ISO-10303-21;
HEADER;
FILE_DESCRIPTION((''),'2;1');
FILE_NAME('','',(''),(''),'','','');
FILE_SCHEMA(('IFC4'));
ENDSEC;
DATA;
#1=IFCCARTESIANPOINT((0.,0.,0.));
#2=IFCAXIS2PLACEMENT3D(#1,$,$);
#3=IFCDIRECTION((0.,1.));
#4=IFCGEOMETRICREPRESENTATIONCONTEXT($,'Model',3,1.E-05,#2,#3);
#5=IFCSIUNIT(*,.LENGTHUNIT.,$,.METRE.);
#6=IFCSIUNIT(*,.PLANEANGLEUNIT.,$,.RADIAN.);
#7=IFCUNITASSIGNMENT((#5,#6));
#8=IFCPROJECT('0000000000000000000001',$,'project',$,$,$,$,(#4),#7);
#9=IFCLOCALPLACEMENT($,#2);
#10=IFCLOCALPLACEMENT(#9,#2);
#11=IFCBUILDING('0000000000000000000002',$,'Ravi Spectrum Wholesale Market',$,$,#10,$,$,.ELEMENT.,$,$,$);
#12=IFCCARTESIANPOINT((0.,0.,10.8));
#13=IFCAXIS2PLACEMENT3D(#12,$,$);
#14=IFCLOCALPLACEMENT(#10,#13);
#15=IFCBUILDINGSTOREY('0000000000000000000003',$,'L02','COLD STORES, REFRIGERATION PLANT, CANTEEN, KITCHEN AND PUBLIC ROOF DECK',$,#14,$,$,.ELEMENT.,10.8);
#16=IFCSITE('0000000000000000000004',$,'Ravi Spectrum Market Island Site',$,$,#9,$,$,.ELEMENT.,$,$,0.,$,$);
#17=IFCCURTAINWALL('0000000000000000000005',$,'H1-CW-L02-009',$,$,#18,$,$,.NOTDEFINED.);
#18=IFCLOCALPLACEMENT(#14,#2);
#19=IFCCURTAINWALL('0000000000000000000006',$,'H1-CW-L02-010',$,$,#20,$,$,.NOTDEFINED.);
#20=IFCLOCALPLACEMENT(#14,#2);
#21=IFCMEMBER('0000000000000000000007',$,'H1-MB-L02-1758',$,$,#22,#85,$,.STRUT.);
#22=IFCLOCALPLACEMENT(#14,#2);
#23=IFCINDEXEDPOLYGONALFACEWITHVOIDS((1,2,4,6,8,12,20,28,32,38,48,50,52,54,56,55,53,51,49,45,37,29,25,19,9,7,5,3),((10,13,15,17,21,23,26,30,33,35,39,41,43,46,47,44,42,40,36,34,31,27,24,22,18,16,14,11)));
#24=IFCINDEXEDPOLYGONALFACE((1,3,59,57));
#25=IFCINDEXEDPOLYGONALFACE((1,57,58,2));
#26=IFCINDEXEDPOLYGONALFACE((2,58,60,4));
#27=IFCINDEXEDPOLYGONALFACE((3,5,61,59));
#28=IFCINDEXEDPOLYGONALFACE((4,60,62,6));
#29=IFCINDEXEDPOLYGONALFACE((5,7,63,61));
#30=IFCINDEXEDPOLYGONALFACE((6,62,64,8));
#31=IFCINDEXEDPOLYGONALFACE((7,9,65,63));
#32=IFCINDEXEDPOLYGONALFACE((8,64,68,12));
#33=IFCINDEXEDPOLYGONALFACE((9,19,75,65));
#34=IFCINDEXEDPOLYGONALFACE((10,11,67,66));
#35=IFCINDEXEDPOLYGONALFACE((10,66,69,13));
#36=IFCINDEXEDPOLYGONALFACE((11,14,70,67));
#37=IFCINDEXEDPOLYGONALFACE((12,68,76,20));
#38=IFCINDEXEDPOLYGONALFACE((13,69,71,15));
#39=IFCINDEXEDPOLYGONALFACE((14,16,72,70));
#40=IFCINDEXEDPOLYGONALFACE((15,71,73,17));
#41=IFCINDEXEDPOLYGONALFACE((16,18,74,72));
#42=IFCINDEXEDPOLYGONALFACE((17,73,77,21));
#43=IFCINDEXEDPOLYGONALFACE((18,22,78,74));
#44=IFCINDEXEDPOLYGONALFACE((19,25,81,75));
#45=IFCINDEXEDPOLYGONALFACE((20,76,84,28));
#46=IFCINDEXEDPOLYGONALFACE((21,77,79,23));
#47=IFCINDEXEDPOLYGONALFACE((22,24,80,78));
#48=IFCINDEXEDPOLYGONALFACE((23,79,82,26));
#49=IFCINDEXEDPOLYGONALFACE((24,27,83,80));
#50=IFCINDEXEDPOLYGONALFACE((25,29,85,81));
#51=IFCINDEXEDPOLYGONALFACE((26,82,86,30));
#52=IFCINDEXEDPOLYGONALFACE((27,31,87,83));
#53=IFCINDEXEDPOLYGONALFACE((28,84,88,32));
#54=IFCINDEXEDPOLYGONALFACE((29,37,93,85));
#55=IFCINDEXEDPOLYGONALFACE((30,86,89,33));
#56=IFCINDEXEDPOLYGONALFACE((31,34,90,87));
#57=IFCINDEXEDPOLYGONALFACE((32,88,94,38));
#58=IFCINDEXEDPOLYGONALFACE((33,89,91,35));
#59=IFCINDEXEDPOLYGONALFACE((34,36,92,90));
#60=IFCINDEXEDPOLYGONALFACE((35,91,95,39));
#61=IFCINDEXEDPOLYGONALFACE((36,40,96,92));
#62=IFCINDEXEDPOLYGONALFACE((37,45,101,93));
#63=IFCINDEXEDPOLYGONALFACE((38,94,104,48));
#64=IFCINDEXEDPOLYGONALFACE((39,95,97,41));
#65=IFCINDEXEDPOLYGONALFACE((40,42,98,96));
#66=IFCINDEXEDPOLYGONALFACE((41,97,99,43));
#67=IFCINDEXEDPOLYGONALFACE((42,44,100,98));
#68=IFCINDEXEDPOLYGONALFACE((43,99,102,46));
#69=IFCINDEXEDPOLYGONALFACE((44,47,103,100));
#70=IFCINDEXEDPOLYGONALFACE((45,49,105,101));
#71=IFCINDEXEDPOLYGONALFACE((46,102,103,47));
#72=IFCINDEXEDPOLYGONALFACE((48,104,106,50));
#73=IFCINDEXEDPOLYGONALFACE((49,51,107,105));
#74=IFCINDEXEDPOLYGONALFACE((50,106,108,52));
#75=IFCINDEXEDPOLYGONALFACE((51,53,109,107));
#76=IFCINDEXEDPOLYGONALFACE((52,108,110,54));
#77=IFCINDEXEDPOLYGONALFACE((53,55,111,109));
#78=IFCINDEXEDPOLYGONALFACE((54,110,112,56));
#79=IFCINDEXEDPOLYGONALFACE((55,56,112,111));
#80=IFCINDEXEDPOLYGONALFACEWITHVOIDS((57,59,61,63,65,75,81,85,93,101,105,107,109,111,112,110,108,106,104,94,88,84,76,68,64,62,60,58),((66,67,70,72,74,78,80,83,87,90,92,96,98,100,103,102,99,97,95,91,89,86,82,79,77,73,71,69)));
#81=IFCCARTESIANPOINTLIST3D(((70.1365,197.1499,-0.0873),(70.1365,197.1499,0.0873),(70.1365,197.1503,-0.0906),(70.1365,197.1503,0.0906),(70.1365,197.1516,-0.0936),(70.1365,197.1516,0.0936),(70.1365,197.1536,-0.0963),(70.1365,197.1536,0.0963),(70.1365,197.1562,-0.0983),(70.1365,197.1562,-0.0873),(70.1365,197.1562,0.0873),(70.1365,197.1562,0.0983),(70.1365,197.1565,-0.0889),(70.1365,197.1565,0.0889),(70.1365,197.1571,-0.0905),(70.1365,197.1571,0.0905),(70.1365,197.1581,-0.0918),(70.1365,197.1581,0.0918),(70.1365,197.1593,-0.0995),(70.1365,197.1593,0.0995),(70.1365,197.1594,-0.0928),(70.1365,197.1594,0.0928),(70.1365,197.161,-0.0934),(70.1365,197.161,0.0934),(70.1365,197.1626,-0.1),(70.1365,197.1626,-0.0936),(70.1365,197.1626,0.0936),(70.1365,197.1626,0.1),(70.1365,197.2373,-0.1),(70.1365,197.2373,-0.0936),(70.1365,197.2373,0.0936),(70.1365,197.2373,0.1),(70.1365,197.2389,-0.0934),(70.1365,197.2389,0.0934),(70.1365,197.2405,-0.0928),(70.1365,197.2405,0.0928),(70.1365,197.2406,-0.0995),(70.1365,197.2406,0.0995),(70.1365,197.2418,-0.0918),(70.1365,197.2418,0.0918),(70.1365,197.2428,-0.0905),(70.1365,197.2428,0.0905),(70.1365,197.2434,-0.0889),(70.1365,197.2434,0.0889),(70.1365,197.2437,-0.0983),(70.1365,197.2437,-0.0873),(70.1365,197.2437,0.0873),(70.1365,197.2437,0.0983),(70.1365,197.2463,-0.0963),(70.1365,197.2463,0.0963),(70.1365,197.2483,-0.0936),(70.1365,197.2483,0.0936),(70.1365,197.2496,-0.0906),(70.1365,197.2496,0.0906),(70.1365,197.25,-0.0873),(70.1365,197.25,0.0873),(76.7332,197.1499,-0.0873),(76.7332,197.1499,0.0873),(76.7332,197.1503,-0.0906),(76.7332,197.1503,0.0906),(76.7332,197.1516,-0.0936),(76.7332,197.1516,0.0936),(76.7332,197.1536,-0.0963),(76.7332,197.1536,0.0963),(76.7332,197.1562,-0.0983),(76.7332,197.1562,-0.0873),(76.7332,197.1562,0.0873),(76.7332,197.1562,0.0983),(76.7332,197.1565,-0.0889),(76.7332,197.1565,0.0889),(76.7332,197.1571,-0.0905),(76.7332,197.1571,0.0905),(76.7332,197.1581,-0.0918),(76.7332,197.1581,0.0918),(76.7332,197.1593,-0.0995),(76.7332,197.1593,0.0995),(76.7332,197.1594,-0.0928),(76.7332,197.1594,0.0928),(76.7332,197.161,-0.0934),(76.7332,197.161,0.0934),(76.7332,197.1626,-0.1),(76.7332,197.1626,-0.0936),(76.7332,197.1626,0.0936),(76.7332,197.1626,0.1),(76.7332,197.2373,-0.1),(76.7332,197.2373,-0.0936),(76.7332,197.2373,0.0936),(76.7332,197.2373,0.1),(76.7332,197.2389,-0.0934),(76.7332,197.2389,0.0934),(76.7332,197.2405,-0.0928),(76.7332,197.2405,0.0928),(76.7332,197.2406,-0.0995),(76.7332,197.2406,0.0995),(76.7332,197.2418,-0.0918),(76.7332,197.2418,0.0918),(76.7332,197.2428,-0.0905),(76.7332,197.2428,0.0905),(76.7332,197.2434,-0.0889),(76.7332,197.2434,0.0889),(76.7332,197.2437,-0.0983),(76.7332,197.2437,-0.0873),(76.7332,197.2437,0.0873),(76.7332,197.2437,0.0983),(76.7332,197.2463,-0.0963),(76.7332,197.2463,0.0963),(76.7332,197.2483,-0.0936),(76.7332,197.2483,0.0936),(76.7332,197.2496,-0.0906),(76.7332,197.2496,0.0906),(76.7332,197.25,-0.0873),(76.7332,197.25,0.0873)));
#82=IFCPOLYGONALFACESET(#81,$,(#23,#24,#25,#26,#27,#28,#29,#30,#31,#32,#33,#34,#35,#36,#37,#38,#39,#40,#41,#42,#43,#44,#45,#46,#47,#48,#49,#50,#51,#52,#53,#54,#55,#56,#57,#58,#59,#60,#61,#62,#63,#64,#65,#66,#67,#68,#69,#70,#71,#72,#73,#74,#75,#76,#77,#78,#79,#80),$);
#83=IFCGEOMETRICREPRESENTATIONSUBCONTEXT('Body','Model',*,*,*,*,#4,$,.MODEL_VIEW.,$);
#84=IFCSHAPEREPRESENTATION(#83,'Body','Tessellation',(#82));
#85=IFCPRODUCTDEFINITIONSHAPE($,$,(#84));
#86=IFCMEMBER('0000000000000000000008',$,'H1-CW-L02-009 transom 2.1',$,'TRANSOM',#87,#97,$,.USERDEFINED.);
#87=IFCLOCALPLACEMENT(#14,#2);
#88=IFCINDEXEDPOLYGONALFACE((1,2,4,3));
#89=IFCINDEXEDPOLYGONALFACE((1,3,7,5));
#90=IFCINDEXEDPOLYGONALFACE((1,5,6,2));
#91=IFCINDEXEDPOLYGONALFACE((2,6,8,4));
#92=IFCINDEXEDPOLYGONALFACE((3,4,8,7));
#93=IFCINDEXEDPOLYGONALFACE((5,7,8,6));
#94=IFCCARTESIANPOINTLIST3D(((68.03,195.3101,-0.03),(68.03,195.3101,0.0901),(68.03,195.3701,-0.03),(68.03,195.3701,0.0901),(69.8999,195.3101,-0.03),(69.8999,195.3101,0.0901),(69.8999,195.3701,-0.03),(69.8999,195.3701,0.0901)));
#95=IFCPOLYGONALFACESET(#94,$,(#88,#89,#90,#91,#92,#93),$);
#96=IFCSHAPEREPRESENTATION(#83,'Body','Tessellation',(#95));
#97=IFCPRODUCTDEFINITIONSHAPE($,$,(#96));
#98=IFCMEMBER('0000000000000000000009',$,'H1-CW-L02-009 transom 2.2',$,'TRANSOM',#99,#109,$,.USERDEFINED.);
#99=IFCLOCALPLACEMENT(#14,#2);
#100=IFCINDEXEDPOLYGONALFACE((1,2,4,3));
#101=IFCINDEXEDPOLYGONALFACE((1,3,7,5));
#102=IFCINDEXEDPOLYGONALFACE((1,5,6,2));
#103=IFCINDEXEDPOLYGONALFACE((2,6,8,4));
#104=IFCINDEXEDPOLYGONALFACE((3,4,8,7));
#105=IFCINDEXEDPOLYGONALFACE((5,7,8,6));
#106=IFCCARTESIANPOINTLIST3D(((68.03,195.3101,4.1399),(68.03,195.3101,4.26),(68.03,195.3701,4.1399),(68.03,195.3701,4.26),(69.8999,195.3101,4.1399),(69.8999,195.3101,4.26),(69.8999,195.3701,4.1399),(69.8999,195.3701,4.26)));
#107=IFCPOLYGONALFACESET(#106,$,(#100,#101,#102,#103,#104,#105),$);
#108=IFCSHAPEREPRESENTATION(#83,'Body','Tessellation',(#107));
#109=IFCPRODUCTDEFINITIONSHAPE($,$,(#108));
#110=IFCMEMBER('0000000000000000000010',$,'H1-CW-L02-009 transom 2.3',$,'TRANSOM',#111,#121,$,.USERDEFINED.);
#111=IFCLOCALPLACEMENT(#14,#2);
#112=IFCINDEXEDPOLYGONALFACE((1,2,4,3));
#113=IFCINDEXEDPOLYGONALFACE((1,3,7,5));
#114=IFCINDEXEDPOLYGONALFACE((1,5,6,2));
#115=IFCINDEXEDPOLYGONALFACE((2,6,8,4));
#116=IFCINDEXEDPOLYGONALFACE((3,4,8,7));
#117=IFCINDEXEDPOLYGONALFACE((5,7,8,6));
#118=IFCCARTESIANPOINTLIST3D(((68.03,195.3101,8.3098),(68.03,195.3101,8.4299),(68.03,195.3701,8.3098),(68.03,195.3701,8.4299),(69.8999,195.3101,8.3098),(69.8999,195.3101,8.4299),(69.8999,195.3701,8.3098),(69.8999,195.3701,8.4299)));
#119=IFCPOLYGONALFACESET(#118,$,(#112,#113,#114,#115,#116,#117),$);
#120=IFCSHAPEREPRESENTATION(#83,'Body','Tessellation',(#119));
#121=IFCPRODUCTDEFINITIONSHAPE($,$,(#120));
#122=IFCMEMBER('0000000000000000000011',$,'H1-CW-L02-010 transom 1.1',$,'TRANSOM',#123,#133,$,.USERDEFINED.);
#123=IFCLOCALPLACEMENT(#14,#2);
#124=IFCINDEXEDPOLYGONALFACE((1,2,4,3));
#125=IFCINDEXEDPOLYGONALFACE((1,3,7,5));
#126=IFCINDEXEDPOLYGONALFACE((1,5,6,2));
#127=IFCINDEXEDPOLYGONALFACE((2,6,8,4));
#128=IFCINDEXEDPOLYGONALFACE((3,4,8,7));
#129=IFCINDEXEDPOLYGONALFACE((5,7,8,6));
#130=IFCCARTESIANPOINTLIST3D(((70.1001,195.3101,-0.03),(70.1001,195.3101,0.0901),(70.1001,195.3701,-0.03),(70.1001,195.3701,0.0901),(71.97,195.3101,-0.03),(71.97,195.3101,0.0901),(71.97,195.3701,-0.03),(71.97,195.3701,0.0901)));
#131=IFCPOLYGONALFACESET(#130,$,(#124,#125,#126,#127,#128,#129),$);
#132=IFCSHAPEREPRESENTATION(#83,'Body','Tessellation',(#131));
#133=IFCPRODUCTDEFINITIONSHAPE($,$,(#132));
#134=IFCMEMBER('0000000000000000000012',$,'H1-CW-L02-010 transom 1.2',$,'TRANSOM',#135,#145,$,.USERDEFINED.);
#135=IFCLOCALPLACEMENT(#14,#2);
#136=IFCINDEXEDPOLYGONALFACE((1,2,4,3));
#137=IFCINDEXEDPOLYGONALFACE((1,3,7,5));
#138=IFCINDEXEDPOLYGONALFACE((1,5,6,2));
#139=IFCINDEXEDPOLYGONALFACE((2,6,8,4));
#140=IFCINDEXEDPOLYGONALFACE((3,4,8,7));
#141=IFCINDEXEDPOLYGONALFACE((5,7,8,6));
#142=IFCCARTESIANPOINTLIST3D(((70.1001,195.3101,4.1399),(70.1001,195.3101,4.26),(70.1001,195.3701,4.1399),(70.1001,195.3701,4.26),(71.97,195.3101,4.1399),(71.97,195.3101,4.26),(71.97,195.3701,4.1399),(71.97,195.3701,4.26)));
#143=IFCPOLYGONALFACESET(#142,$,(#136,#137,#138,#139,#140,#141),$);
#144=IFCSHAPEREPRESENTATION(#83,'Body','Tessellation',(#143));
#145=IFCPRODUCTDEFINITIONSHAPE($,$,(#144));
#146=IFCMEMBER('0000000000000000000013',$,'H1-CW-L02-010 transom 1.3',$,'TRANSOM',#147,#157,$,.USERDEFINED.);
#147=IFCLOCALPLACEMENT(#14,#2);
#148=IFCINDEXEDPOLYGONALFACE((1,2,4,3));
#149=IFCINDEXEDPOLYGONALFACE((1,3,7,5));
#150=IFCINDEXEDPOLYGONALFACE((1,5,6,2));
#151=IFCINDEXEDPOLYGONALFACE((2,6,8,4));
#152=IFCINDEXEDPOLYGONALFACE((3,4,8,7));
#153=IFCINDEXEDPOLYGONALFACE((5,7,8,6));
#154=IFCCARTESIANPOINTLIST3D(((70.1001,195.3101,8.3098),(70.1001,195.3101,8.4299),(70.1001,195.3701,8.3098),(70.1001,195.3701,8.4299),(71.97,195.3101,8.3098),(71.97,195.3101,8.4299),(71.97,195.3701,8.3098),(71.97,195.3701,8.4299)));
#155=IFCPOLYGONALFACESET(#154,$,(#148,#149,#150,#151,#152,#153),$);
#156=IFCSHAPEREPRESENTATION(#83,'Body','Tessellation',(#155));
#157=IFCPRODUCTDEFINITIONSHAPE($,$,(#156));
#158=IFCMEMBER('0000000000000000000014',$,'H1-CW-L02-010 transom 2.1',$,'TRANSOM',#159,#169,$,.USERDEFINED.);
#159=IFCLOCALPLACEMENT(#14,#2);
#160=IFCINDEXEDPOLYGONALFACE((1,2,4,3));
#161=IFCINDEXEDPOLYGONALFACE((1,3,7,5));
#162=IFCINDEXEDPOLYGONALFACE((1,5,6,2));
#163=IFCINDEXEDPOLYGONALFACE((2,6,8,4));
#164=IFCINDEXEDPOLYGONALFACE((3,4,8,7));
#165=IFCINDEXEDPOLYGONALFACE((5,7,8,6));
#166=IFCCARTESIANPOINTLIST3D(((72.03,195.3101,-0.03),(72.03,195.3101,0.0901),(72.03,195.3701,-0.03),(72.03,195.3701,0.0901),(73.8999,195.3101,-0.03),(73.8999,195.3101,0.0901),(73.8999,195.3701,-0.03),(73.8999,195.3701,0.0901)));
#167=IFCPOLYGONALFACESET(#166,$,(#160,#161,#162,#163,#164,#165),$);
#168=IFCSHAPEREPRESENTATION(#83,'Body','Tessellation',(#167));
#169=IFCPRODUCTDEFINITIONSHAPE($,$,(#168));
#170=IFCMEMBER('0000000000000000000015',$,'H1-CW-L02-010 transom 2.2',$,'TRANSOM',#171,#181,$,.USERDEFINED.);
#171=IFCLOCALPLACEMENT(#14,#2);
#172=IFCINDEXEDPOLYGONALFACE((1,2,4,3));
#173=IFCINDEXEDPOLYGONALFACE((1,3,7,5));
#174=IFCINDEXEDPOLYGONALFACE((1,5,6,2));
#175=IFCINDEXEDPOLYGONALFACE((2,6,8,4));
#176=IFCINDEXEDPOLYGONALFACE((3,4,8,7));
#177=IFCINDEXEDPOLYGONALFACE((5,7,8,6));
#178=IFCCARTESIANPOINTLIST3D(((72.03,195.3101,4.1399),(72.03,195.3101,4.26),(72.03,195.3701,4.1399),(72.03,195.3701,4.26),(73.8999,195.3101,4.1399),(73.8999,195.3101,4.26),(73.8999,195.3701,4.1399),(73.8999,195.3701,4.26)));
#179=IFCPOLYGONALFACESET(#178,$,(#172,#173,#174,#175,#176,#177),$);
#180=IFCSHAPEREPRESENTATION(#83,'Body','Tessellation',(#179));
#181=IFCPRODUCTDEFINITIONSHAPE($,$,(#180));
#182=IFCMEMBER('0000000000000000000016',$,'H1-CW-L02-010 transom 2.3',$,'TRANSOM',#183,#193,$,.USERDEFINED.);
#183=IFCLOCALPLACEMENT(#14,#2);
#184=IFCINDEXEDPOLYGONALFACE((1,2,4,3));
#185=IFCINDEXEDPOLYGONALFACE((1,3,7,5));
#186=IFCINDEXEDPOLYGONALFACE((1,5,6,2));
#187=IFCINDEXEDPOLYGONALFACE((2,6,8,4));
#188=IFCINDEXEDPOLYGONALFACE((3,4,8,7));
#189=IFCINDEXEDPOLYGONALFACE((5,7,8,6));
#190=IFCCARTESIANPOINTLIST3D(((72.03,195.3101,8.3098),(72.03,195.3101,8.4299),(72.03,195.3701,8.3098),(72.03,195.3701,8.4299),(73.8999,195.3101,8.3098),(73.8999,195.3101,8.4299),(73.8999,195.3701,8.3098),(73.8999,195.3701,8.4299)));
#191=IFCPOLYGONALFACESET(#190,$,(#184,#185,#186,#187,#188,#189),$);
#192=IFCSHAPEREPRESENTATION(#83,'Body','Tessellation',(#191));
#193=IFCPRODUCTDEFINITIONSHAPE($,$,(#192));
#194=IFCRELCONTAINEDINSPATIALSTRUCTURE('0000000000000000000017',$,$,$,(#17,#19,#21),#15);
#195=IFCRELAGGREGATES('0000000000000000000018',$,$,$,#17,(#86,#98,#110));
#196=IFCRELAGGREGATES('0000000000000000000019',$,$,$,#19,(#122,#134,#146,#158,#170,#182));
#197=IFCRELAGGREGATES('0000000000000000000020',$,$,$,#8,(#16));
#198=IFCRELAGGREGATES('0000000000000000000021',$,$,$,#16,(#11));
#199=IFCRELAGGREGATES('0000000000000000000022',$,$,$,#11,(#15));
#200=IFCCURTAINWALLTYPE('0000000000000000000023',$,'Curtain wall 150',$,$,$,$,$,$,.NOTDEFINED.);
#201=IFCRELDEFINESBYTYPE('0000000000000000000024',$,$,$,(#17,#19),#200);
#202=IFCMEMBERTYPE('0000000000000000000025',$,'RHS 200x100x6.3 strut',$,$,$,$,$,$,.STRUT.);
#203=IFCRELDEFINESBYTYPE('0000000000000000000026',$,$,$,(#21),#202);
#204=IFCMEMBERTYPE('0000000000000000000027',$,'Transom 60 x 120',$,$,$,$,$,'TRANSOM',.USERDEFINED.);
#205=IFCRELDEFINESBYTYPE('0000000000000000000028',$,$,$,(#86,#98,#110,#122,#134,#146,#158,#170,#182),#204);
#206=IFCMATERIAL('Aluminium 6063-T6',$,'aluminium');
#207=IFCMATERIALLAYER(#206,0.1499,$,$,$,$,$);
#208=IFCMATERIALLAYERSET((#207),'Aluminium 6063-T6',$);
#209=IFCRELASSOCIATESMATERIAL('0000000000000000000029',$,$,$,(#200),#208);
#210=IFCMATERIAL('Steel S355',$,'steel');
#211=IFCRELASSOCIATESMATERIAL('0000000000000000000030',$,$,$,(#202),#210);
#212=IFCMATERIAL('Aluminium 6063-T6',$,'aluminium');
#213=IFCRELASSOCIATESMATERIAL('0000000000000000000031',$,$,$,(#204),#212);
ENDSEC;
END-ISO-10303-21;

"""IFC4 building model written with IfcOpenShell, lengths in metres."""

from ifc_helpers import new_model, si_unit, direction, frame, origin, origin_2d, place, context, subcontext, project, spatial, rectangle, hollow_rectangle, extrude, material, layer, layer_set, material_profile, profile_set, type_object, element, aggregate, save


model = new_model("IFC4")

# Units and contexts
model_context = context("Model", 3, precision=1e-05, world=origin(), true_north=direction((0.0, 1.0)))
body_context = subcontext(model_context, "Body", "Model", "MODEL_VIEW")
ifc_project = project(units=[si_unit("LENGTHUNIT", "METRE"), si_unit("PLANEANGLEUNIT", "RADIAN")], contexts=[model_context])

# Site, building, storey
site_placement = place(None, origin())
site = spatial("IfcSite", under=ifc_project, at=site_placement, Name="Ravi Spectrum Market Island Site", CompositionType="ELEMENT", RefElevation=0.0)
building_placement = place(site_placement, origin())
building = spatial("IfcBuilding", under=site, at=building_placement, Name="Ravi Spectrum Wholesale Market", CompositionType="ELEMENT")
storey_placement = place(building_placement, frame((0.0, 0.0, 10.8)))
storey = spatial("IfcBuildingStorey", under=building, at=storey_placement, Name="L02", Description="COLD STORES, REFRIGERATION PLANT, CANTEEN, KITCHEN AND PUBLIC ROOF DECK", CompositionType="ELEMENT", Elevation=10.8)

# Curtain walls
ifc_material_1 = material(Name="Aluminium 6063-T6", Category="aluminium")
ifc_layer_1 = layer(ifc_material_1, 0.1499)
ifc_layer_set_1 = layer_set([ifc_layer_1], Name="Aluminium 6063-T6")
curtain_wall_type = type_object("IfcCurtainWallType", Name="Curtain wall 150", PredefinedType="NOTDEFINED", material=ifc_layer_set_1)
curtain_wall_1_placement = place(storey_placement, origin())
curtain_wall_1 = element("IfcCurtainWall", 1, at=curtain_wall_1_placement, inside=storey, type_object=curtain_wall_type, Name="H1-CW-L02-009", PredefinedType="NOTDEFINED")
curtain_wall_2_placement = place(storey_placement, origin())
curtain_wall_2 = element("IfcCurtainWall", 2, at=curtain_wall_2_placement, inside=storey, type_object=curtain_wall_type, Name="H1-CW-L02-010", PredefinedType="NOTDEFINED")

# Members
ifc_material_2 = material(Name="Steel S355", Category="steel")
ifc_material_profile_1 = material_profile(ifc_material_2, hollow_rectangle(XDim=0.1001, YDim=0.2, WallThickness=0.0063, InnerFilletRadius=0.0063, OuterFilletRadius=0.0127, at=origin_2d()))
ifc_profile_set_1 = profile_set([ifc_material_profile_1], Name="Steel S355")
member_type_1 = type_object("IfcMemberType", Name="RHS 200x100x6.3 strut", PredefinedType="STRUT", material=ifc_profile_set_1)
member_1_placement = place(storey_placement, frame((70.1365, 197.2, 0.0), z_axis=(1.0, 0.0, 0.0), x_axis=(0.0, 1.0, 0.0)))
element("IfcMember", 3, at=member_1_placement, inside=storey, type_object=member_type_1, Name="H1-MB-L02-1758", PredefinedType="STRUT", context=body_context, shape_type="SweptSolid", body=[
    extrude(hollow_rectangle(XDim=0.1001, YDim=0.2, WallThickness=0.0063, InnerFilletRadius=0.0063, OuterFilletRadius=0.0127, at=origin_2d()), origin(), (0.0, 0.0, 1.0), 6.5967),
])
ifc_material_3 = material(Name="Aluminium 6063-T6", Category="aluminium")
ifc_material_profile_2 = material_profile(ifc_material_3, rectangle(XDim=0.0601, YDim=0.1201, at=origin_2d()))
ifc_profile_set_2 = profile_set([ifc_material_profile_2], Name="Aluminium 6063-T6")
member_type_2 = type_object("IfcMemberType", Name="Transom 60 x 120", ElementType="TRANSOM", PredefinedType="USERDEFINED", material=ifc_profile_set_2)
member_2_placement = place(storey_placement, frame((68.03, 195.3401, 0.03), z_axis=(1.0, 0.0, 0.0), x_axis=(0.0, 1.0, 0.0)))
member_2 = element("IfcMember", 4, at=member_2_placement, type_object=member_type_2, Name="H1-CW-L02-009 transom 2.1", ObjectType="TRANSOM", PredefinedType="USERDEFINED", context=body_context, shape_type="SweptSolid", body=[
    extrude(rectangle(XDim=0.0601, YDim=0.1201, at=origin_2d()), origin(), (0.0, 0.0, 1.0), 1.8699),
])
member_3_placement = place(storey_placement, frame((68.03, 195.3401, 4.2), z_axis=(1.0, 0.0, 0.0), x_axis=(0.0, 1.0, 0.0)))
member_3 = element("IfcMember", 5, at=member_3_placement, type_object=member_type_2, Name="H1-CW-L02-009 transom 2.2", ObjectType="TRANSOM", PredefinedType="USERDEFINED", context=body_context, shape_type="SweptSolid", body=[
    extrude(rectangle(XDim=0.0601, YDim=0.1201, at=origin_2d()), origin(), (0.0, 0.0, 1.0), 1.8699),
])
member_4_placement = place(storey_placement, frame((68.03, 195.3401, 8.3699), z_axis=(1.0, 0.0, 0.0), x_axis=(0.0, 1.0, 0.0)))
member_4 = element("IfcMember", 6, at=member_4_placement, type_object=member_type_2, Name="H1-CW-L02-009 transom 2.3", ObjectType="TRANSOM", PredefinedType="USERDEFINED", context=body_context, shape_type="SweptSolid", body=[
    extrude(rectangle(XDim=0.0601, YDim=0.1201, at=origin_2d()), origin(), (0.0, 0.0, 1.0), 1.8699),
])
member_5_placement = place(storey_placement, frame((70.1001, 195.3401, 0.03), z_axis=(1.0, 0.0, 0.0), x_axis=(0.0, 1.0, 0.0)))
member_5 = element("IfcMember", 7, at=member_5_placement, type_object=member_type_2, Name="H1-CW-L02-010 transom 1.1", ObjectType="TRANSOM", PredefinedType="USERDEFINED", context=body_context, shape_type="SweptSolid", body=[
    extrude(rectangle(XDim=0.0601, YDim=0.1201, at=origin_2d()), origin(), (0.0, 0.0, 1.0), 1.8699),
])
member_6_placement = place(storey_placement, frame((70.1001, 195.3401, 4.2), z_axis=(1.0, 0.0, 0.0), x_axis=(0.0, 1.0, 0.0)))
member_6 = element("IfcMember", 8, at=member_6_placement, type_object=member_type_2, Name="H1-CW-L02-010 transom 1.2", ObjectType="TRANSOM", PredefinedType="USERDEFINED", context=body_context, shape_type="SweptSolid", body=[
    extrude(rectangle(XDim=0.0601, YDim=0.1201, at=origin_2d()), origin(), (0.0, 0.0, 1.0), 1.8699),
])
member_7_placement = place(storey_placement, frame((70.1001, 195.3401, 8.3699), z_axis=(1.0, 0.0, 0.0), x_axis=(0.0, 1.0, 0.0)))
member_7 = element("IfcMember", 9, at=member_7_placement, type_object=member_type_2, Name="H1-CW-L02-010 transom 1.3", ObjectType="TRANSOM", PredefinedType="USERDEFINED", context=body_context, shape_type="SweptSolid", body=[
    extrude(rectangle(XDim=0.0601, YDim=0.1201, at=origin_2d()), origin(), (0.0, 0.0, 1.0), 1.8699),
])
member_8_placement = place(storey_placement, frame((72.03, 195.3401, 0.03), z_axis=(1.0, 0.0, 0.0), x_axis=(0.0, 1.0, 0.0)))
member_8 = element("IfcMember", 10, at=member_8_placement, type_object=member_type_2, Name="H1-CW-L02-010 transom 2.1", ObjectType="TRANSOM", PredefinedType="USERDEFINED", context=body_context, shape_type="SweptSolid", body=[
    extrude(rectangle(XDim=0.0601, YDim=0.1201, at=origin_2d()), origin(), (0.0, 0.0, 1.0), 1.8699),
])
member_9_placement = place(storey_placement, frame((72.03, 195.3401, 4.2), z_axis=(1.0, 0.0, 0.0), x_axis=(0.0, 1.0, 0.0)))
member_9 = element("IfcMember", 11, at=member_9_placement, type_object=member_type_2, Name="H1-CW-L02-010 transom 2.2", ObjectType="TRANSOM", PredefinedType="USERDEFINED", context=body_context, shape_type="SweptSolid", body=[
    extrude(rectangle(XDim=0.0601, YDim=0.1201, at=origin_2d()), origin(), (0.0, 0.0, 1.0), 1.8699),
])
member_10_placement = place(storey_placement, frame((72.03, 195.3401, 8.3699), z_axis=(1.0, 0.0, 0.0), x_axis=(0.0, 1.0, 0.0)))
member_10 = element("IfcMember", 12, at=member_10_placement, type_object=member_type_2, Name="H1-CW-L02-010 transom 2.3", ObjectType="TRANSOM", PredefinedType="USERDEFINED", context=body_context, shape_type="SweptSolid", body=[
    extrude(rectangle(XDim=0.0601, YDim=0.1201, at=origin_2d()), origin(), (0.0, 0.0, 1.0), 1.8699),
])

aggregate(curtain_wall_1, [member_2, member_3, member_4])
aggregate(curtain_wall_2, [member_5, member_6, member_7, member_8, member_9, member_10])

save(model, "model.ifc")
